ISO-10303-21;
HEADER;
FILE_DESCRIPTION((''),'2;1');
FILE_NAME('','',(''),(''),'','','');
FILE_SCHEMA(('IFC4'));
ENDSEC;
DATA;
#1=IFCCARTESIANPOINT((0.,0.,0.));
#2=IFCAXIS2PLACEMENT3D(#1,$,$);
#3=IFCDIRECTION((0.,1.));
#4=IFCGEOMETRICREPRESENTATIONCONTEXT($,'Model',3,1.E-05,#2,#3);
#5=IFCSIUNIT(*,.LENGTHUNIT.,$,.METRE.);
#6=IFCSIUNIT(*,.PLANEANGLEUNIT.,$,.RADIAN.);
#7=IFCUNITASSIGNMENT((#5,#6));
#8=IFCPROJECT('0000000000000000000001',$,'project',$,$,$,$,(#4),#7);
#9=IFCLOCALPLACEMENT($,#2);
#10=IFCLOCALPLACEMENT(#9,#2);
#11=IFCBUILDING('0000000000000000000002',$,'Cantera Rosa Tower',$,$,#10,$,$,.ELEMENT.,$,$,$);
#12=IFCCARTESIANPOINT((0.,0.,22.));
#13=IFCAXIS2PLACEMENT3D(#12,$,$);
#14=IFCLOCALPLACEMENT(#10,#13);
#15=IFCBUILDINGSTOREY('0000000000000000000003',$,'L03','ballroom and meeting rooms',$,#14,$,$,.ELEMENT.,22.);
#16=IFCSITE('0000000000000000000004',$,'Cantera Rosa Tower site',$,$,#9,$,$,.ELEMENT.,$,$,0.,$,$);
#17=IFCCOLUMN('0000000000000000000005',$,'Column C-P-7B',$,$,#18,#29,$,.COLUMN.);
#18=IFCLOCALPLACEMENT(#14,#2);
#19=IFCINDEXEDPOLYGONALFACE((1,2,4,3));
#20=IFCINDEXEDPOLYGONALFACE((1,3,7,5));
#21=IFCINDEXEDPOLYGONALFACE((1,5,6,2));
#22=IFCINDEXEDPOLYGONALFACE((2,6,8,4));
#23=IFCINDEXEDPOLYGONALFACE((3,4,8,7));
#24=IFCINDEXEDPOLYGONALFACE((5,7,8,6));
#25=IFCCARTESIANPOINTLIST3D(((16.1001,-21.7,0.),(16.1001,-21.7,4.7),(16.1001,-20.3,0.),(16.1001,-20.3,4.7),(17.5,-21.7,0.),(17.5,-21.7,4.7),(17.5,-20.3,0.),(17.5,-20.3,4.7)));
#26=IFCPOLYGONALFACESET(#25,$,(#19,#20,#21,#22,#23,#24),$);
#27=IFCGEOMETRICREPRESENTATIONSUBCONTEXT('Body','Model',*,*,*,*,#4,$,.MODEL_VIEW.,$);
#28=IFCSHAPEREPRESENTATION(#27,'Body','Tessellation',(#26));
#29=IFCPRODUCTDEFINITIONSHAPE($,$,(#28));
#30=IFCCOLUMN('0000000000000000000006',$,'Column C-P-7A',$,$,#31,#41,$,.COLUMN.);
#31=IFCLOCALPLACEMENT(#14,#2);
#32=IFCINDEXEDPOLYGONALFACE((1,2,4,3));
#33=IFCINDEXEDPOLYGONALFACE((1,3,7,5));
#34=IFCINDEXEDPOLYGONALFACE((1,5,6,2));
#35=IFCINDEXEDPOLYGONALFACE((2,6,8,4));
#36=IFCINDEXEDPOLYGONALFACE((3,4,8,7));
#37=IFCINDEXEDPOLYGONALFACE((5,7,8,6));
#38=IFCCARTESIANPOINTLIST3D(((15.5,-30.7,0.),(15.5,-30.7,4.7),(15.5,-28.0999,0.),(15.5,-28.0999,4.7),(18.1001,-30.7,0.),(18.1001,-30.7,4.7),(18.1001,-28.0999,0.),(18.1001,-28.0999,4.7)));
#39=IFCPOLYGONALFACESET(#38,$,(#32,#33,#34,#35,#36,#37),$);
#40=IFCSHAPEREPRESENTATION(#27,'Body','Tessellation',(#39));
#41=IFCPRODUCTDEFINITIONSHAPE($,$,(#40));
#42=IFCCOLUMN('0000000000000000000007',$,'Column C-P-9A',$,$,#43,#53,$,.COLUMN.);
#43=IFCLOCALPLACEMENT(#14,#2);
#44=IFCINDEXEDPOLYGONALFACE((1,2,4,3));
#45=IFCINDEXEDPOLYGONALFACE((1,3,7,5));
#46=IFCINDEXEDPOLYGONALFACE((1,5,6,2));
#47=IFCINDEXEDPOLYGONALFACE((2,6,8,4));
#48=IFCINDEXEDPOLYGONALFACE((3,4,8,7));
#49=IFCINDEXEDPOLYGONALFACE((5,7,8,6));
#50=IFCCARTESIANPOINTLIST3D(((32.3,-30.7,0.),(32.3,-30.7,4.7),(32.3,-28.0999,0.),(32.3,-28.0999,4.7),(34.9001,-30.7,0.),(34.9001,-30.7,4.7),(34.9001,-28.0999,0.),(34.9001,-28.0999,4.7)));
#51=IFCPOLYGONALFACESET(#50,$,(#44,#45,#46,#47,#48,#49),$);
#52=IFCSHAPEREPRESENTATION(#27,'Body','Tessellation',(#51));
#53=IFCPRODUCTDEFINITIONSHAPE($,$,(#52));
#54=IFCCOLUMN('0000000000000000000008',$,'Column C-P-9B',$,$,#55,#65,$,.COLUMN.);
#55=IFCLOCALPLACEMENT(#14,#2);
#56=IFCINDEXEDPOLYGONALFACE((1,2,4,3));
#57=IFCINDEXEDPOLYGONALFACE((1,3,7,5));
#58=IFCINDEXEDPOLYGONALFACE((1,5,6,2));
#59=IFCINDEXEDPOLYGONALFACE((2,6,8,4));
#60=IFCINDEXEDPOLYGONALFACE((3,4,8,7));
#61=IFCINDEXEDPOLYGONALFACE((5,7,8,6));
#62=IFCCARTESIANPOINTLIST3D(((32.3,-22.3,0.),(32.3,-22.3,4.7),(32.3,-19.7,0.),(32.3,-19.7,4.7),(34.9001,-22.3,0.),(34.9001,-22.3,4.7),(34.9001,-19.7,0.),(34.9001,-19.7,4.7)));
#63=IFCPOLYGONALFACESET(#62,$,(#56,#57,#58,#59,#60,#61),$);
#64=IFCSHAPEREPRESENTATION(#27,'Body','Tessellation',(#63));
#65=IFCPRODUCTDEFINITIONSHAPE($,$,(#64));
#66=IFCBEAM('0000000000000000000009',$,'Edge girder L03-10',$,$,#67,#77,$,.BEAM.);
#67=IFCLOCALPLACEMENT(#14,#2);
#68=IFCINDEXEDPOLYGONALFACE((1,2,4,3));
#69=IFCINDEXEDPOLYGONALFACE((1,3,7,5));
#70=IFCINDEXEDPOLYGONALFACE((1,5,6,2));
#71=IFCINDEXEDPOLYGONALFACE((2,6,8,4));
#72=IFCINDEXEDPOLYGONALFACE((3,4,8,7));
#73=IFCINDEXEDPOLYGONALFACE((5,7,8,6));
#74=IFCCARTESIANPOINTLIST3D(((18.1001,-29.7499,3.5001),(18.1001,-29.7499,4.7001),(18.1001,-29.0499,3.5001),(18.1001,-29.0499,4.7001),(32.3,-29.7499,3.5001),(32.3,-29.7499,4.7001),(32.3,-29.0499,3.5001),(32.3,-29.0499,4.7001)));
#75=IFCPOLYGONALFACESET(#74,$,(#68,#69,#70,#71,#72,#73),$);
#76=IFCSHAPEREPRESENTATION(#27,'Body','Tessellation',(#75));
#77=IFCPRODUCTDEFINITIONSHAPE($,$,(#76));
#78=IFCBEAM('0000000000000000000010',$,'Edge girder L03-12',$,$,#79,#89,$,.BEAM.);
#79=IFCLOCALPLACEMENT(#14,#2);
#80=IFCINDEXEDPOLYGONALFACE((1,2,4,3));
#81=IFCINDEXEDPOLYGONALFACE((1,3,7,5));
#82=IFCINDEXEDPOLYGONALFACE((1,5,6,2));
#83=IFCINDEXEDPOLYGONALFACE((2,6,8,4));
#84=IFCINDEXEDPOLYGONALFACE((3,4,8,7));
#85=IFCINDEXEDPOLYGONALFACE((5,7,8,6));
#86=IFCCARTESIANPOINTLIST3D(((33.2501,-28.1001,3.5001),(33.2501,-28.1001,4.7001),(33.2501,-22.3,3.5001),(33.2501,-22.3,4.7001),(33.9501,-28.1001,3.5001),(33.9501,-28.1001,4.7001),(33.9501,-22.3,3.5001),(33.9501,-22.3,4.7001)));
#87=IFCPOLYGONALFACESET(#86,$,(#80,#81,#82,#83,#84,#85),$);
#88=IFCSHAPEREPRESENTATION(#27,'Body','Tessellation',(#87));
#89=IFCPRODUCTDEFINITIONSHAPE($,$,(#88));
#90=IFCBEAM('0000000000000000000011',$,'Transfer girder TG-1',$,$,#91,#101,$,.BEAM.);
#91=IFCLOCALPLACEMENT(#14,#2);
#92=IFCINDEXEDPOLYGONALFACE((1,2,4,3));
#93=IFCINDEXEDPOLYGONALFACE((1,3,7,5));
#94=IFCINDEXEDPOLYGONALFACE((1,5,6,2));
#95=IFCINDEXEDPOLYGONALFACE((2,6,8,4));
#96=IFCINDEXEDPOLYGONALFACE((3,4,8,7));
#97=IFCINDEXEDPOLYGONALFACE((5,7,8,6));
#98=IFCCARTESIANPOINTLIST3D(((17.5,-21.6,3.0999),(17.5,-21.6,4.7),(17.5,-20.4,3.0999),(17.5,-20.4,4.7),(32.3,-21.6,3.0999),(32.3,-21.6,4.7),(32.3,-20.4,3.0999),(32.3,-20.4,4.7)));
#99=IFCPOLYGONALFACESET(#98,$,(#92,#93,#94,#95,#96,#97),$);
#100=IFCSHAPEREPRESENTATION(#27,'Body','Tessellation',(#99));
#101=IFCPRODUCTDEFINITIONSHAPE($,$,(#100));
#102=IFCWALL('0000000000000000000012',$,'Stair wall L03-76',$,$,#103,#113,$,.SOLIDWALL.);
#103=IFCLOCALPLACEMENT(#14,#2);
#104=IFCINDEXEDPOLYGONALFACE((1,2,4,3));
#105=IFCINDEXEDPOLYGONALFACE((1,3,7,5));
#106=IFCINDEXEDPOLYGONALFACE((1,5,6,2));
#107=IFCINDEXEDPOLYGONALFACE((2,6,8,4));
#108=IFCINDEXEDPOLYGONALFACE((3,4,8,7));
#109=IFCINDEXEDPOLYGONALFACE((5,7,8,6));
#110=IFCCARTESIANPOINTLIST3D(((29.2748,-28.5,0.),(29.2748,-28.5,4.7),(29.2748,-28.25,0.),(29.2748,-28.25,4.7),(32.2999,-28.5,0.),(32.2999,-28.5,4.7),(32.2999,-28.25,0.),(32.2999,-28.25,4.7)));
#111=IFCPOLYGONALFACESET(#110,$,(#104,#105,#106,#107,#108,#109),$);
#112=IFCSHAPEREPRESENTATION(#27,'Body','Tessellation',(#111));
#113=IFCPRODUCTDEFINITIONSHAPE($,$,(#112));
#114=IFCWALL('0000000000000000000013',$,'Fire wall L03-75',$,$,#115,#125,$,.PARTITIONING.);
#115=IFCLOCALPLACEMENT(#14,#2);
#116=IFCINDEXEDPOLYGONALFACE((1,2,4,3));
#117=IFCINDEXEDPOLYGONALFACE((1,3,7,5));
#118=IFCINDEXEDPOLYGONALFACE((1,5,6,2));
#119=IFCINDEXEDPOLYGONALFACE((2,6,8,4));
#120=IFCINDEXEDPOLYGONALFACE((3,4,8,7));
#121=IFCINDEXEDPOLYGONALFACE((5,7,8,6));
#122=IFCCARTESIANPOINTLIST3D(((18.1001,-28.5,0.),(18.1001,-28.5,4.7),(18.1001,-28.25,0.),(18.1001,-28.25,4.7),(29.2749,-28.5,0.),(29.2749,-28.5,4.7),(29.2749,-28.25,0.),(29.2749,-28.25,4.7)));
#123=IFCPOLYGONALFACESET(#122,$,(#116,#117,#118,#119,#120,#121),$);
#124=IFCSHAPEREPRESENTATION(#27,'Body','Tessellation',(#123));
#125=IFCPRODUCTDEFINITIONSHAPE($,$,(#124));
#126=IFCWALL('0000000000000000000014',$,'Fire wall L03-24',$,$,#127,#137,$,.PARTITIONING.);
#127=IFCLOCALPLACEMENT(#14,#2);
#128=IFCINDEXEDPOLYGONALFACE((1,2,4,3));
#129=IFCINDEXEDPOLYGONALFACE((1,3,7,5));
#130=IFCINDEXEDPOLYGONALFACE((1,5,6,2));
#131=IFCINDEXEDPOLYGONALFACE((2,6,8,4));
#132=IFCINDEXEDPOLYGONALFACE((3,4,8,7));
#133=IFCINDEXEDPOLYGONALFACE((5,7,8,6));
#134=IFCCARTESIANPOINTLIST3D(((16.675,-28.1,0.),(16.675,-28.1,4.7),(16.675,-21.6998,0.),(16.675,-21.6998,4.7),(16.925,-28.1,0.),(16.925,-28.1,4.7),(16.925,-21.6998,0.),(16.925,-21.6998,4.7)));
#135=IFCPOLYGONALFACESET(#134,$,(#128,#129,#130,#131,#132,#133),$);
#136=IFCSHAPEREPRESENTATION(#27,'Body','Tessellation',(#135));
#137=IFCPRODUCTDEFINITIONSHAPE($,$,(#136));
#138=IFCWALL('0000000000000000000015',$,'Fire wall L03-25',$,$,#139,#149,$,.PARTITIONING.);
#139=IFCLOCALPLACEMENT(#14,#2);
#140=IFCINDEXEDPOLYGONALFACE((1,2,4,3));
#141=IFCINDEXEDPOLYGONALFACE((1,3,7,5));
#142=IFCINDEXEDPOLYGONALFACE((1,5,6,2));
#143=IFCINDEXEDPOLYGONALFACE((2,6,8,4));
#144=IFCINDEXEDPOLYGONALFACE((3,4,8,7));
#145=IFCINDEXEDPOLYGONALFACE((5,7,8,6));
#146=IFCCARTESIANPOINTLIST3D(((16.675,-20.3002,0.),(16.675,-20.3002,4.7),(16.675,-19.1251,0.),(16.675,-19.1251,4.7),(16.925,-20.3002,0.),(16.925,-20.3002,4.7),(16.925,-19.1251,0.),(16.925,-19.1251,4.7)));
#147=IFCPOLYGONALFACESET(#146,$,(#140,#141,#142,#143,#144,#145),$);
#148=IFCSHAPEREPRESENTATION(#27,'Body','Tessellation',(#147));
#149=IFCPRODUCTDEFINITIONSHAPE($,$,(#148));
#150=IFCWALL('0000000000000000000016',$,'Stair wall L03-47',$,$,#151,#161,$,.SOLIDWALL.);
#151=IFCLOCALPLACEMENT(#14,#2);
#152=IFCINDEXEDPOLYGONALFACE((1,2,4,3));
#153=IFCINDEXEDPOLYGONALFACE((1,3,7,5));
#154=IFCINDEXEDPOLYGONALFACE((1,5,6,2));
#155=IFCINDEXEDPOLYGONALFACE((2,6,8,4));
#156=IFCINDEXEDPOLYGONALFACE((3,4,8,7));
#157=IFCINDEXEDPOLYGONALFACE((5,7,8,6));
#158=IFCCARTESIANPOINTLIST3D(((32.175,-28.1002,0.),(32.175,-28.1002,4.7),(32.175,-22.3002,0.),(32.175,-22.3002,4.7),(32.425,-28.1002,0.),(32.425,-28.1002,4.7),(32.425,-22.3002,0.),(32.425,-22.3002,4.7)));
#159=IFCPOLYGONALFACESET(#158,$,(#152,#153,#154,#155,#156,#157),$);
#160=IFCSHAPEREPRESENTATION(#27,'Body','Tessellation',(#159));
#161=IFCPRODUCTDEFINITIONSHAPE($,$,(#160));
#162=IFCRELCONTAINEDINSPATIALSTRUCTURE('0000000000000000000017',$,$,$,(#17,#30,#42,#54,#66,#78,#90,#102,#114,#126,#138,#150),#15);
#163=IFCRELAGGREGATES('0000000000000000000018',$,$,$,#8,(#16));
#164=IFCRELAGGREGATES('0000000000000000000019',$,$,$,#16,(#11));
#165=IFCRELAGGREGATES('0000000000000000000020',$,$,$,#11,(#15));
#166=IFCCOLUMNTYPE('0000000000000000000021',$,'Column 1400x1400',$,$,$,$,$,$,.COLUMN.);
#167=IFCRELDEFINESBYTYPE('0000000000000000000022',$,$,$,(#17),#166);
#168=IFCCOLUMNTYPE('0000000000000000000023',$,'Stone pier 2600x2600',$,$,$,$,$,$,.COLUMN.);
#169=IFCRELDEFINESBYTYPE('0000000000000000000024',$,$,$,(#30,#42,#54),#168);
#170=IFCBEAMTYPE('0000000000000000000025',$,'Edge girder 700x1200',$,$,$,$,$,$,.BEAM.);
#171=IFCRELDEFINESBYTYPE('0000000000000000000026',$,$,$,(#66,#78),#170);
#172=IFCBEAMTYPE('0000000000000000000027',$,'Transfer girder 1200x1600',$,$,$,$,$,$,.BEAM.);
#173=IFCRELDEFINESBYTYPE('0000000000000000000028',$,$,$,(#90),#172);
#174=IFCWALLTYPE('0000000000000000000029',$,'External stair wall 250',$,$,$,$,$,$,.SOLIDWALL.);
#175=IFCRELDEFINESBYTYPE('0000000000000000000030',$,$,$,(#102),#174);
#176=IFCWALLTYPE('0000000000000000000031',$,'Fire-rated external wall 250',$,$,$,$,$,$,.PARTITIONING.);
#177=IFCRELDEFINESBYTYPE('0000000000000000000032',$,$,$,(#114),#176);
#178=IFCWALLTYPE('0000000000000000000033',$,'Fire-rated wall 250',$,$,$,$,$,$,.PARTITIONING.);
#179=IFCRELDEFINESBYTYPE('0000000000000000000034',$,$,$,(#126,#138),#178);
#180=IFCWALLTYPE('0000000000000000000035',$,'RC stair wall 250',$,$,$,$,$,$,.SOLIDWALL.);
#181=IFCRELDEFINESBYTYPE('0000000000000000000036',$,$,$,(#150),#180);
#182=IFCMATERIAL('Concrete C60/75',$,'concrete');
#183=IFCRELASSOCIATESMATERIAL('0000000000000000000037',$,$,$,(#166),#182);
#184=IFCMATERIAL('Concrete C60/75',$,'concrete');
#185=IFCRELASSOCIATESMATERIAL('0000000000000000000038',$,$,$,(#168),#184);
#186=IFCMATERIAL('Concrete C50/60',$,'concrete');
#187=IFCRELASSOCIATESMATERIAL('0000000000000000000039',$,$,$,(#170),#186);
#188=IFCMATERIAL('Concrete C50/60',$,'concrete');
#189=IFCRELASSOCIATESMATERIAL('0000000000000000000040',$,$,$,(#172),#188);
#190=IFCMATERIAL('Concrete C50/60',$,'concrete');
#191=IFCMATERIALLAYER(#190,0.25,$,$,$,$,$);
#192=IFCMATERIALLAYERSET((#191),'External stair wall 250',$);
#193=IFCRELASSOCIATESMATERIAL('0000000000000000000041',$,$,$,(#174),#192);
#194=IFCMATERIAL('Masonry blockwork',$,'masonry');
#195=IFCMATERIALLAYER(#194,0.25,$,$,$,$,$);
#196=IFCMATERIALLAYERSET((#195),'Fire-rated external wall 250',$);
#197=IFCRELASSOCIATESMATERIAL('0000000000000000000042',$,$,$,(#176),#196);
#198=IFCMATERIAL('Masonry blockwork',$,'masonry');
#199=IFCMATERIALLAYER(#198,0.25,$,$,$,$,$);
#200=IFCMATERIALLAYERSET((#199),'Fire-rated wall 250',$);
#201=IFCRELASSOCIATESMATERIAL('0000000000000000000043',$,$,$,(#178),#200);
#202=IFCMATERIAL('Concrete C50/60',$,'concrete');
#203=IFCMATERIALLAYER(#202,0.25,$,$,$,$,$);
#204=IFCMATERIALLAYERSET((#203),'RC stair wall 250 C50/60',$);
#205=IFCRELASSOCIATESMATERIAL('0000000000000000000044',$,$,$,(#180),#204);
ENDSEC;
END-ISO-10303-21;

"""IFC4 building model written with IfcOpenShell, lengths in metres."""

from ifc_helpers import new_model, si_unit, direction, frame, frame_2d, origin, origin_2d, place, context, subcontext, project, spatial, rectangle, extrude, material, layer, layer_set, material_profile, profile_set, type_object, element, save


model = new_model("IFC4")

# Units and contexts
model_context = context("Model", 3, precision=1e-05, world=origin(), true_north=direction((0.0, 1.0)))
body_context = subcontext(model_context, "Body", "Model", "MODEL_VIEW")
ifc_project = project(units=[si_unit("LENGTHUNIT", "METRE"), si_unit("PLANEANGLEUNIT", "RADIAN")], contexts=[model_context])

# Site, building, storey
site_placement = place(None, origin())
site = spatial("IfcSite", under=ifc_project, at=site_placement, Name="Cantera Rosa Tower site", CompositionType="ELEMENT", RefElevation=0.0)
building_placement = place(site_placement, origin())
building = spatial("IfcBuilding", under=site, at=building_placement, Name="Cantera Rosa Tower", CompositionType="ELEMENT")
storey_placement = place(building_placement, frame((0.0, 0.0, 22.0)))
storey = spatial("IfcBuildingStorey", under=building, at=storey_placement, Name="L03", Description="ballroom and meeting rooms", CompositionType="ELEMENT", Elevation=22.0)

# Columns
ifc_material_1 = material(Name="Concrete C60/75", Category="concrete")
ifc_material_profile_1 = material_profile(ifc_material_1, rectangle(XDim=1.3999, YDim=1.3999, at=origin_2d()), Name="Column 1400x1400")
ifc_profile_set_1 = profile_set([ifc_material_profile_1], Name="Concrete C60/75")
column_type_1 = type_object("IfcColumnType", Name="Column 1400x1400", PredefinedType="COLUMN", material=ifc_profile_set_1)
column_placement = place(storey_placement, frame((16.8, -21.0, 0.0), z_axis=(0.0, 0.0, 1.0), x_axis=(1.0, 0.0, 0.0)))
element("IfcColumn", 1, at=column_placement, inside=storey, type_object=column_type_1, Name="Column C-P-7B", PredefinedType="COLUMN", context=body_context, shape_type="SweptSolid", body=[
    extrude(rectangle(XDim=1.3999, YDim=1.3999, at=origin_2d()), origin(), (0.0, 0.0, 1.0), 4.7),
])
ifc_material_2 = material(Name="Concrete C60/75", Category="concrete")
ifc_material_profile_2 = material_profile(ifc_material_2, rectangle(XDim=2.6001, YDim=2.6001, at=origin_2d()), Name="Stone pier 2600x2600")
ifc_profile_set_2 = profile_set([ifc_material_profile_2], Name="Concrete C60/75")
column_type_2 = type_object("IfcColumnType", Name="Stone pier 2600x2600", PredefinedType="COLUMN", material=ifc_profile_set_2)
for number, where, z_axis, x_axis, name in (
    (2, (16.8, -29.3999, 0.0), (0.0, 0.0, 1.0), (1.0, 0.0, 0.0), "Column C-P-7A"),
    (3, (33.6001, -29.3999, 0.0), (0.0, 0.0, 1.0), (1.0, 0.0, 0.0), "Column C-P-9A"),
    (4, (33.6001, -21.0, 0.0), (0.0, 0.0, 1.0), (1.0, 0.0, 0.0), "Column C-P-9B"),
):
    element("IfcColumn", number, at=place(storey_placement, frame(where, z_axis=z_axis, x_axis=x_axis)), inside=storey, type_object=column_type_2, Name=name, PredefinedType="COLUMN", context=body_context, shape_type="SweptSolid", body=[
        extrude(rectangle(XDim=2.6001, YDim=2.6001, at=origin_2d()), origin(), (0.0, 0.0, 1.0), 4.7),
    ])

# Beams
ifc_material_3 = material(Name="Concrete C50/60", Category="concrete")
ifc_material_profile_3 = material_profile(ifc_material_3, rectangle(XDim=0.7, YDim=1.2, at=origin_2d()), Name="Edge girder 700x1200")
ifc_profile_set_3 = profile_set([ifc_material_profile_3], Name="Concrete C50/60")
beam_type_1 = type_object("IfcBeamType", Name="Edge girder 700x1200", PredefinedType="BEAM", material=ifc_profile_set_3)
beam_1_placement = place(storey_placement, frame((18.1001, -29.3999, 4.1001), z_axis=(1.0, 0.0, 0.0), x_axis=(0.0, 1.0, 0.0)))
element("IfcBeam", 5, at=beam_1_placement, inside=storey, type_object=beam_type_1, Name="Edge girder L03-10", PredefinedType="BEAM", context=body_context, shape_type="SweptSolid", body=[
    extrude(rectangle(XDim=0.7, YDim=1.2, at=origin_2d()), origin(), (0.0, 0.0, 1.0), 14.2),
])
beam_2_placement = place(storey_placement, frame((33.6001, -28.1001, 4.1001), z_axis=(0.0, 1.0, 0.0), x_axis=(-1.0, 0.0, 0.0)))
element("IfcBeam", 6, at=beam_2_placement, inside=storey, type_object=beam_type_1, Name="Edge girder L03-12", PredefinedType="BEAM", context=body_context, shape_type="SweptSolid", body=[
    extrude(rectangle(XDim=0.7, YDim=1.2, at=origin_2d()), origin(), (0.0, 0.0, 1.0), 5.8),
])
ifc_material_4 = material(Name="Concrete C50/60", Category="concrete")
ifc_material_profile_4 = material_profile(ifc_material_4, rectangle(XDim=1.2, YDim=1.6001, at=origin_2d()), Name="Transfer girder 1200x1600")
ifc_profile_set_4 = profile_set([ifc_material_profile_4], Name="Concrete C50/60")
beam_type_2 = type_object("IfcBeamType", Name="Transfer girder 1200x1600", PredefinedType="BEAM", material=ifc_profile_set_4)
beam_3_placement = place(storey_placement, frame((17.5, -21.0, 3.8999), z_axis=(1.0, 0.0, 0.0), x_axis=(0.0, 1.0, 0.0)))
element("IfcBeam", 7, at=beam_3_placement, inside=storey, type_object=beam_type_2, Name="Transfer girder TG-1", PredefinedType="BEAM", context=body_context, shape_type="SweptSolid", body=[
    extrude(rectangle(XDim=1.2, YDim=1.6001, at=origin_2d()), origin(), (0.0, 0.0, 1.0), 14.8),
])

# Walls
ifc_material_5 = material(Name="Concrete C50/60", Category="concrete")
ifc_layer_1 = layer(ifc_material_5, 0.25)
ifc_layer_set_1 = layer_set([ifc_layer_1], Name="External stair wall 250")
wall_type_1 = type_object("IfcWallType", Name="External stair wall 250", PredefinedType="SOLIDWALL", material=ifc_layer_set_1)
wall_1_placement = place(storey_placement, frame((32.3, -28.375, 0.0), z_axis=(0.0, 0.0, 1.0), x_axis=(-1.0, 0.0, 0.0)))
element("IfcWall", 8, at=wall_1_placement, inside=storey, type_object=wall_type_1, Name="Stair wall L03-76", PredefinedType="SOLIDWALL", context=body_context, shape_type="SweptSolid", body=[
    extrude(rectangle(XDim=3.0251, YDim=0.25, at=frame_2d((1.5127, 0.0))), origin(), (0.0, 0.0, 1.0), 4.7),
])
ifc_material_6 = material(Name="Masonry blockwork", Category="masonry")
ifc_layer_2 = layer(ifc_material_6, 0.25)
ifc_layer_set_2 = layer_set([ifc_layer_2], Name="Fire-rated external wall 250")
wall_type_2 = type_object("IfcWallType", Name="Fire-rated external wall 250", PredefinedType="PARTITIONING", material=ifc_layer_set_2)
wall_2_placement = place(storey_placement, frame((18.1001, -28.375, 0.0), z_axis=(0.0, 0.0, 1.0), x_axis=(1.0, 0.0, 0.0)))
element("IfcWall", 9, at=wall_2_placement, inside=storey, type_object=wall_type_2, Name="Fire wall L03-75", PredefinedType="PARTITIONING", context=body_context, shape_type="SweptSolid", body=[
    extrude(rectangle(XDim=11.1748, YDim=0.25, at=frame_2d((5.5874, 0.0))), origin(), (0.0, 0.0, 1.0), 4.7),
])
ifc_material_7 = material(Name="Masonry blockwork", Category="masonry")
ifc_layer_3 = layer(ifc_material_7, 0.25)
ifc_layer_set_3 = layer_set([ifc_layer_3], Name="Fire-rated wall 250")
wall_type_3 = type_object("IfcWallType", Name="Fire-rated wall 250", PredefinedType="PARTITIONING", material=ifc_layer_set_3)
wall_3_placement = place(storey_placement, frame((16.8, -28.1001, 0.0), z_axis=(0.0, 0.0, 1.0), x_axis=(0.0, 1.0, 0.0)))
element("IfcWall", 10, at=wall_3_placement, inside=storey, type_object=wall_type_3, Name="Fire wall L03-24", PredefinedType="PARTITIONING", context=body_context, shape_type="SweptSolid", body=[
    extrude(rectangle(XDim=6.4001, YDim=0.25, at=frame_2d((3.2002, 0.0))), origin(), (0.0, 0.0, 1.0), 4.7),
])
wall_4_placement = place(storey_placement, frame((16.8, -20.3, 0.0), z_axis=(0.0, 0.0, 1.0), x_axis=(0.0, 1.0, 0.0)))
element("IfcWall", 11, at=wall_4_placement, inside=storey, type_object=wall_type_3, Name="Fire wall L03-25", PredefinedType="PARTITIONING", context=body_context, shape_type="SweptSolid", body=[
    extrude(rectangle(XDim=1.175, YDim=0.25, at=frame_2d((0.5874, 0.0))), origin(), (0.0, 0.0, 1.0), 4.7),
])
ifc_material_8 = material(Name="Concrete C50/60", Category="concrete")
ifc_layer_4 = layer(ifc_material_8, 0.25)
ifc_layer_set_4 = layer_set([ifc_layer_4], Name="RC stair wall 250 C50/60")
wall_type_4 = type_object("IfcWallType", Name="RC stair wall 250", PredefinedType="SOLIDWALL", material=ifc_layer_set_4)
wall_5_placement = place(storey_placement, frame((32.3, -28.1001, 0.0), z_axis=(0.0, 0.0, 1.0), x_axis=(0.0, 1.0, 0.0)))
element("IfcWall", 12, at=wall_5_placement, inside=storey, type_object=wall_type_4, Name="Stair wall L03-47", PredefinedType="SOLIDWALL", context=body_context, shape_type="SweptSolid", body=[
    extrude(rectangle(XDim=5.8, YDim=0.25, at=frame_2d((2.8999, 0.0))), origin(), (0.0, 0.0, 1.0), 4.7),
])

save(model, "model.ifc")
